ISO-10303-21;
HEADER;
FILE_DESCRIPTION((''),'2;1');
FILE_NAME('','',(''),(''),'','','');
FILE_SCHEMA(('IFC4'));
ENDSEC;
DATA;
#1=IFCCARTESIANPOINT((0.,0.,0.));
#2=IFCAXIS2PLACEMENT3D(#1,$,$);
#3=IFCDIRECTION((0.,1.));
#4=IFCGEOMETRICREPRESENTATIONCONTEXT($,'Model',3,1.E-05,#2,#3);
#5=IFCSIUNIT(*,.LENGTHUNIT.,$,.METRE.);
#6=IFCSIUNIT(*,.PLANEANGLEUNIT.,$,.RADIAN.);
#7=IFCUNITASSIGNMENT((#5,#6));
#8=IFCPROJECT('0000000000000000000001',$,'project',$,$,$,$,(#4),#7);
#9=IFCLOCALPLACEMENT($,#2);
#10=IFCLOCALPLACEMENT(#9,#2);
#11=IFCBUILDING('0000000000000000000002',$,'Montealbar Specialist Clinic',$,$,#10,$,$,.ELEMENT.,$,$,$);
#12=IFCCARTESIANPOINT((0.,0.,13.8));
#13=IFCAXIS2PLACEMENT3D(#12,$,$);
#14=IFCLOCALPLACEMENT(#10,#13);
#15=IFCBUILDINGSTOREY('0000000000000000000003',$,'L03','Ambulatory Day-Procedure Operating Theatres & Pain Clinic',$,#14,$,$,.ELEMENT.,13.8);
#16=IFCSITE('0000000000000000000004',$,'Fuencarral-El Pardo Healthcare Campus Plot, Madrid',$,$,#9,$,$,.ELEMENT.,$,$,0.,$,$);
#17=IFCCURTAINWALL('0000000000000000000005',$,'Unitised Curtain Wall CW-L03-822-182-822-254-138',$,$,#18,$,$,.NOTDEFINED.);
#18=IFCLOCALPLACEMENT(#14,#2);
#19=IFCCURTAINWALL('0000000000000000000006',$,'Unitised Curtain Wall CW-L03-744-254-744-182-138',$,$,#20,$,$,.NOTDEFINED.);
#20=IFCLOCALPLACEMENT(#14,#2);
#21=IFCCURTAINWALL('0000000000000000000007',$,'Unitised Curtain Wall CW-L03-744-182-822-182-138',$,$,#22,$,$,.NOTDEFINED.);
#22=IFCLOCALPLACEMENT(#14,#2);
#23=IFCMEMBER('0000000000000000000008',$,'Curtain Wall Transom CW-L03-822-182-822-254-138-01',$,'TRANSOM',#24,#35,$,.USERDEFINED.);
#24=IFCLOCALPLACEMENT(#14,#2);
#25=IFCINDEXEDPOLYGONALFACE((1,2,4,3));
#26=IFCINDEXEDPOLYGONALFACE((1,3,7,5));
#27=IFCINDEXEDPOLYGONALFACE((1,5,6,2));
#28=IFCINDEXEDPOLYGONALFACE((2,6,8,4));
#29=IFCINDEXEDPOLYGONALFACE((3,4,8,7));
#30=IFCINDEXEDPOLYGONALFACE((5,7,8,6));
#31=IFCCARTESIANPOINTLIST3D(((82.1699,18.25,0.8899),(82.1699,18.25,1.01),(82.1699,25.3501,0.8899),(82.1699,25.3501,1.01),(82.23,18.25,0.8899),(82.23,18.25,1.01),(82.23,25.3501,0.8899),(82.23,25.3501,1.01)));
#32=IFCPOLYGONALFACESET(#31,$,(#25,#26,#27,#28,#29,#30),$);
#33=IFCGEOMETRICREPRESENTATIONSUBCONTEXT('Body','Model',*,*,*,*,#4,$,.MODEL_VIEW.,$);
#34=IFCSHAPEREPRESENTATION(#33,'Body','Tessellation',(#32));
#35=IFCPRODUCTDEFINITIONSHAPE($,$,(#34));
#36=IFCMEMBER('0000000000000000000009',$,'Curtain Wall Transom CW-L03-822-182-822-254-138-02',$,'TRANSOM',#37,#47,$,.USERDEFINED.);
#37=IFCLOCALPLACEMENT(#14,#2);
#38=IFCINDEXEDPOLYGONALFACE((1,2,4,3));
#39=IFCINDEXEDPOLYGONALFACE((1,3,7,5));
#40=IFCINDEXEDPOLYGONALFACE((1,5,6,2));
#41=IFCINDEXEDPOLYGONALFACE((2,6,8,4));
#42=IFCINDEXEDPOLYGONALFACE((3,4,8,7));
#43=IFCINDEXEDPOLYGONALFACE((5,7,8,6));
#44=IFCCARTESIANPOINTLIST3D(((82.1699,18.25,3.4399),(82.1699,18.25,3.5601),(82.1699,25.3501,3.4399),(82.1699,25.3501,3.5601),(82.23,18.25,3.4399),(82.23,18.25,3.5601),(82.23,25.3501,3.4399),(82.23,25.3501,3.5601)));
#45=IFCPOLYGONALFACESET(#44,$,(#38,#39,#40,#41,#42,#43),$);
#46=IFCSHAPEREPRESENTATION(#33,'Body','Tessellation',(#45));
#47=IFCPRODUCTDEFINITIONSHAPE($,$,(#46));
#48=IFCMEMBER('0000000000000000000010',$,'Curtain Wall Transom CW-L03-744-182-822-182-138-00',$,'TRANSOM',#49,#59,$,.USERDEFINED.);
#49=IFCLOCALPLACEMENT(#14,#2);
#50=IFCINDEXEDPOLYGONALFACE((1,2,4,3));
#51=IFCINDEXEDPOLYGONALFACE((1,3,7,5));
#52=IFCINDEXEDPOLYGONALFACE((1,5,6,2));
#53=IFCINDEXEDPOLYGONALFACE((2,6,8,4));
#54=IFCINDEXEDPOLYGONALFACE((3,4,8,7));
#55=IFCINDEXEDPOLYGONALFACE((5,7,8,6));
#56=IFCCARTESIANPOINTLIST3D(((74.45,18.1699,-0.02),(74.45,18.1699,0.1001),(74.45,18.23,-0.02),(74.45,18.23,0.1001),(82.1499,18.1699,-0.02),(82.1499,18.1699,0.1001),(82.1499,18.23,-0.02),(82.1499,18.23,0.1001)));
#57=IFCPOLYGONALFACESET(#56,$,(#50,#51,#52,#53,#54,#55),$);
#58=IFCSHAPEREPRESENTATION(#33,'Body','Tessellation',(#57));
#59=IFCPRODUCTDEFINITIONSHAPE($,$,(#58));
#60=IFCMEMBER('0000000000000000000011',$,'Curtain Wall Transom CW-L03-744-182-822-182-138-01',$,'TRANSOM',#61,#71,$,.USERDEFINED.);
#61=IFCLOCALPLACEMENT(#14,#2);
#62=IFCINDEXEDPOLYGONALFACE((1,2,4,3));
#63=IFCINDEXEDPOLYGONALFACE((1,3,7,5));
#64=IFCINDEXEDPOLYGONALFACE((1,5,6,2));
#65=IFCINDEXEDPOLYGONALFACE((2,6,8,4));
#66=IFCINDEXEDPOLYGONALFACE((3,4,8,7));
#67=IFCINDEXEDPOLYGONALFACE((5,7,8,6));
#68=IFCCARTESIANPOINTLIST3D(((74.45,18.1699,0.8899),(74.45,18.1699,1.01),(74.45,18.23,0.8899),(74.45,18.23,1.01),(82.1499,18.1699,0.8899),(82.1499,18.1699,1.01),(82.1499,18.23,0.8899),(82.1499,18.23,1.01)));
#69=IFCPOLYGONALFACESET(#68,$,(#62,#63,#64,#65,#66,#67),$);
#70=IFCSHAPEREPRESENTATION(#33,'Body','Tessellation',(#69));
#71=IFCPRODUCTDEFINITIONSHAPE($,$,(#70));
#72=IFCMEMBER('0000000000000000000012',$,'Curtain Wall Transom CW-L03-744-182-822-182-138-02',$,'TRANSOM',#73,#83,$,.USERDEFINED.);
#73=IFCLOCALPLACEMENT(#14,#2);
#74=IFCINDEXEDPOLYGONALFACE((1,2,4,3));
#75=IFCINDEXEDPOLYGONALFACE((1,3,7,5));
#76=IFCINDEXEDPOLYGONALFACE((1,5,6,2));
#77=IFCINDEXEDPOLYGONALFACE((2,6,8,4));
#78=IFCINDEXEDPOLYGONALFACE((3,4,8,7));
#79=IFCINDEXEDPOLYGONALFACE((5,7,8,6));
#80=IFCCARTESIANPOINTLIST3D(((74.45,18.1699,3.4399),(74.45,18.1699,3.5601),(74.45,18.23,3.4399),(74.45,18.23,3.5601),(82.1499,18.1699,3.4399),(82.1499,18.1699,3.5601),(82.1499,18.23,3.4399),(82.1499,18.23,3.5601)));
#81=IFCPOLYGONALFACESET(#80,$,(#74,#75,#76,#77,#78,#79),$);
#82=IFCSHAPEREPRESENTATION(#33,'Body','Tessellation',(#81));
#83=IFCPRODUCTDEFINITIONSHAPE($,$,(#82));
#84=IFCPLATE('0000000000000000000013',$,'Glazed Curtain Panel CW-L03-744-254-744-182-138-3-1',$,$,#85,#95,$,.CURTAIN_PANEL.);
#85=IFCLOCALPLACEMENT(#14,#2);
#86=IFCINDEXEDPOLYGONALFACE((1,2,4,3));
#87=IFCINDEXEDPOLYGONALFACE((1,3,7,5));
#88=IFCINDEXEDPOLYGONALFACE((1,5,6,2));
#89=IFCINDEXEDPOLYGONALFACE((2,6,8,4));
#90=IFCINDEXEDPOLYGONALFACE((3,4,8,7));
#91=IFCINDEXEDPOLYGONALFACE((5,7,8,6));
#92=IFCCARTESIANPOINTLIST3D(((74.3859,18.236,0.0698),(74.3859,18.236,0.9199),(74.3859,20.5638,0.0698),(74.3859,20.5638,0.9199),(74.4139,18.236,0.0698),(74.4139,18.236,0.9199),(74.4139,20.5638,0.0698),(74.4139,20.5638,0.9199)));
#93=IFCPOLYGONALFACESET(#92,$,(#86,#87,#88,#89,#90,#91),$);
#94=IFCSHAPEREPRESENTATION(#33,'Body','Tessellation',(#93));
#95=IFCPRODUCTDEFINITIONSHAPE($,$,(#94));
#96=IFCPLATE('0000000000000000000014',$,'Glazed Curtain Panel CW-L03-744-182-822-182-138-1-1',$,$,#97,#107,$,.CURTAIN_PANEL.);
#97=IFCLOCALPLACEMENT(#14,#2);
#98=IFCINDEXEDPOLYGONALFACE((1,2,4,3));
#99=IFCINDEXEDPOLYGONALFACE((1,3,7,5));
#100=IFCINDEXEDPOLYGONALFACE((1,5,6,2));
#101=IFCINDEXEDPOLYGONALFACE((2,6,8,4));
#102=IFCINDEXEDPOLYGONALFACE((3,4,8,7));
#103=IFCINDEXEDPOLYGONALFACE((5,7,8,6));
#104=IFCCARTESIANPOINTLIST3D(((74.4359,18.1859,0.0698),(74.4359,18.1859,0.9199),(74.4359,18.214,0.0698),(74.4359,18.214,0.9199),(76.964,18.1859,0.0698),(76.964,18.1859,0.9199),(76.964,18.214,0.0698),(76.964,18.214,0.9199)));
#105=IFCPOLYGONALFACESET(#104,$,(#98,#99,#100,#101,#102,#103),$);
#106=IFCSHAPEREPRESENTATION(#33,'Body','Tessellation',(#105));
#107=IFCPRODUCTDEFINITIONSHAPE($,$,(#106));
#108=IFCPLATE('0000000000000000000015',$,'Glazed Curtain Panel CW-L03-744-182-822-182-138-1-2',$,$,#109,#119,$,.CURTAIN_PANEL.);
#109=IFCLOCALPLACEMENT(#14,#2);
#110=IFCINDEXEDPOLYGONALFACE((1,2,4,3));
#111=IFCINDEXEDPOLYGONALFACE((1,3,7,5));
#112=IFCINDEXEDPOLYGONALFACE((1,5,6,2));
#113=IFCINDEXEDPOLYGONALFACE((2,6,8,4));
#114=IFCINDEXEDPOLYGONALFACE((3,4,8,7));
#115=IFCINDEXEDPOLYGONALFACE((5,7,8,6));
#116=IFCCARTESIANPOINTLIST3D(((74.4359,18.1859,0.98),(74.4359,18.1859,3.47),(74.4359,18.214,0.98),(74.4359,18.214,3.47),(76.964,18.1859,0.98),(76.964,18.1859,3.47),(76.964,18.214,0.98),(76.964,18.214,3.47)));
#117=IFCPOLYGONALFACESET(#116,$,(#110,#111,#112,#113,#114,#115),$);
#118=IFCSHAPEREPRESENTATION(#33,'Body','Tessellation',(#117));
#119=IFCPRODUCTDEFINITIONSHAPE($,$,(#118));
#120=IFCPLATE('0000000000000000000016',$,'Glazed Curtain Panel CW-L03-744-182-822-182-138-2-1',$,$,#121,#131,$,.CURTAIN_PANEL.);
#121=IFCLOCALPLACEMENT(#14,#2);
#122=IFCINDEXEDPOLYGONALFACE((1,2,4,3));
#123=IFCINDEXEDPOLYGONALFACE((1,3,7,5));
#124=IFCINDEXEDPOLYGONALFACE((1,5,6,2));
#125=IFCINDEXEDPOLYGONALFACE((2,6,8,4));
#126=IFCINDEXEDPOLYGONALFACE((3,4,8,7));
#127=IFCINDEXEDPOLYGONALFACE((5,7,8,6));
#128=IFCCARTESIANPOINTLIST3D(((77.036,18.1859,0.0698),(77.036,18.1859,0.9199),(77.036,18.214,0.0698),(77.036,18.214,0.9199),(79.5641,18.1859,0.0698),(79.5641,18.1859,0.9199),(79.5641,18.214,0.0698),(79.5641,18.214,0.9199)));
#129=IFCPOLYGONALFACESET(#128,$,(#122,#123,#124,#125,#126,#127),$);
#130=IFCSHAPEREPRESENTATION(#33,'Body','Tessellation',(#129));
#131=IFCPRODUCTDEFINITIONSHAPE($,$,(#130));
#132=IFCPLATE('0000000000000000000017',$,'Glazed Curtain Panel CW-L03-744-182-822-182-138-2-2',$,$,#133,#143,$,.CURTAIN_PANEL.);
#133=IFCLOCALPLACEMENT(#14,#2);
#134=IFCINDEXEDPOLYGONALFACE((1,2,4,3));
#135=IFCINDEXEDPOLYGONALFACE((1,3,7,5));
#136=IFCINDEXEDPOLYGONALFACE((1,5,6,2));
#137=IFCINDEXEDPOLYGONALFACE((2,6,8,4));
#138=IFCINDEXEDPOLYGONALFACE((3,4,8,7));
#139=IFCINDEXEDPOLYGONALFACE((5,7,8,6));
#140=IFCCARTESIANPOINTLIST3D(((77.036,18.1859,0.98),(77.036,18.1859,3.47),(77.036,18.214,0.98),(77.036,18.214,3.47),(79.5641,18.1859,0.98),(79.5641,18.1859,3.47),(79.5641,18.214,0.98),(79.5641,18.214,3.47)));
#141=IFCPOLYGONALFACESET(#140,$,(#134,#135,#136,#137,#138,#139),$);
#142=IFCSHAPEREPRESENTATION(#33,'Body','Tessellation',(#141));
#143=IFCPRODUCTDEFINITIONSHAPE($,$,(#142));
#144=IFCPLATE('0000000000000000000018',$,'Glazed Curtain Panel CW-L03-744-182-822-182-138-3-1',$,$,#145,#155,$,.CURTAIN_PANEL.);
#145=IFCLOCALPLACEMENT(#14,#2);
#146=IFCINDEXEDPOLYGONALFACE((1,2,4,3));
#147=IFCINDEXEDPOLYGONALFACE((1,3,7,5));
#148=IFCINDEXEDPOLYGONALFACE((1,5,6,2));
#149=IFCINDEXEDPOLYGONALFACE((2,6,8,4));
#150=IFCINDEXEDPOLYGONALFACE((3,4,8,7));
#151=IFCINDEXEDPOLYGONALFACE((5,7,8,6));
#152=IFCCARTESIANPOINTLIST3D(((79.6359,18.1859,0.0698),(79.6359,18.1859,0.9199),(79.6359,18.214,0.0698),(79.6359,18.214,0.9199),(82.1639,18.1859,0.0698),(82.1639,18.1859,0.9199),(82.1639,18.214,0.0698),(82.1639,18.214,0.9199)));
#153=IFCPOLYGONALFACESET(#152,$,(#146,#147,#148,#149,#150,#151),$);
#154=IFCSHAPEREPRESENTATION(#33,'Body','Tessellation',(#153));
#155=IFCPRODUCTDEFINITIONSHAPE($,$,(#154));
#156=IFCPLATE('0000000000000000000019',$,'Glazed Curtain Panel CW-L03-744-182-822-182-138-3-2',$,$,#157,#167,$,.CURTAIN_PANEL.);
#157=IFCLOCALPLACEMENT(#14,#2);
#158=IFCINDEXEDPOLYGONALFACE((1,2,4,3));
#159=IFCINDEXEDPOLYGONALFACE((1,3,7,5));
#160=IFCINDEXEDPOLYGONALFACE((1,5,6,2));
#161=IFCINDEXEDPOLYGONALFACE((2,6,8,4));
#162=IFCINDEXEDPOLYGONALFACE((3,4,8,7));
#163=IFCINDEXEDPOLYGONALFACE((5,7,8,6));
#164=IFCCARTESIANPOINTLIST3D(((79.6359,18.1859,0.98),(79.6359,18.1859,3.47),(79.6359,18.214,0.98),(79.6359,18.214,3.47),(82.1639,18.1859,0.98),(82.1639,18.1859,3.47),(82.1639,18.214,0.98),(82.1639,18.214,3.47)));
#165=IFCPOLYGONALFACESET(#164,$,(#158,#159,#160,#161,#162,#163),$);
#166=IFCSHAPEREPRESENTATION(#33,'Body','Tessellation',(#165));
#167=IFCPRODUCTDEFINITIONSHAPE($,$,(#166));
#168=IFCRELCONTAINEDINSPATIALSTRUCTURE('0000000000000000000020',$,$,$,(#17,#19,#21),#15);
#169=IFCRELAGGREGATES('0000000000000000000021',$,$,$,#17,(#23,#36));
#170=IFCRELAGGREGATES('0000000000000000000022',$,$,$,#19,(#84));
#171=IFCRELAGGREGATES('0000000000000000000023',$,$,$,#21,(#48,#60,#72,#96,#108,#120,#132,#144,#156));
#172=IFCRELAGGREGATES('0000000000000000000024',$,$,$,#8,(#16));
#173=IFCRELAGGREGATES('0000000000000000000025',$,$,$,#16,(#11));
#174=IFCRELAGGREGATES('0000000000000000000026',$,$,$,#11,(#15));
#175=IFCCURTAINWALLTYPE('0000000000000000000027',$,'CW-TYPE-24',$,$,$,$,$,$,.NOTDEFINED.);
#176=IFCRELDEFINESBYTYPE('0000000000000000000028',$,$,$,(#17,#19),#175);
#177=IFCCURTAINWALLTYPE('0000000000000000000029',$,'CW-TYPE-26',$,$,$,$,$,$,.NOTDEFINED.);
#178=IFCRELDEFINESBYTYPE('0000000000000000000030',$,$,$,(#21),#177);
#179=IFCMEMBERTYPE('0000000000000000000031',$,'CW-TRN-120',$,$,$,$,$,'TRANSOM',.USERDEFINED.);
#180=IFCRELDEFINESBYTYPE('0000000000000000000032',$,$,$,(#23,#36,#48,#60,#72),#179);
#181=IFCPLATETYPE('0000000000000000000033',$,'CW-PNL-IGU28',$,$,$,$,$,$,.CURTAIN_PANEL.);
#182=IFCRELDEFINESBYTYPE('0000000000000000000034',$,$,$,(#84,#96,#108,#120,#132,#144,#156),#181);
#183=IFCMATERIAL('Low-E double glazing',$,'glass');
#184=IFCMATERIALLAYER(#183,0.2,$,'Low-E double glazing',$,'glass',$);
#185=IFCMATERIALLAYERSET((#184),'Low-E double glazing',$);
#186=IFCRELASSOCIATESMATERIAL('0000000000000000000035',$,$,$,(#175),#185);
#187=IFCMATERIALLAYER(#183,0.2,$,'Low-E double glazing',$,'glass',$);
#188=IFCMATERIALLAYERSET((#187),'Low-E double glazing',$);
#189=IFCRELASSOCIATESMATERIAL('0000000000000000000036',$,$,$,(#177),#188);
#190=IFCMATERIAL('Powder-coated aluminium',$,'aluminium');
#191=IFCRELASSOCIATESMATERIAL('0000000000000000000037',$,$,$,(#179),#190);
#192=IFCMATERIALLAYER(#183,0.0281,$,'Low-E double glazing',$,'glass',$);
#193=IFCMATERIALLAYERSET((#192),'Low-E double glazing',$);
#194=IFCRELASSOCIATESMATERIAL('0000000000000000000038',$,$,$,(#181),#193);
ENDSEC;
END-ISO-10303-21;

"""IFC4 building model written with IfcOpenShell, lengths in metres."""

from ifc_helpers import new_model, si_unit, direction, frame, origin, origin_2d, place, context, subcontext, project, spatial, rectangle, extrude, material, layer, layer_set, material_profile, profile_set, type_object, element, aggregate, save


model = new_model("IFC4")

# Units and contexts
model_context = context("Model", 3, precision=1e-05, world=origin(), true_north=direction((0.0, 1.0)))
body_context = subcontext(model_context, "Body", "Model", "MODEL_VIEW")
ifc_project = project(units=[si_unit("LENGTHUNIT", "METRE"), si_unit("PLANEANGLEUNIT", "RADIAN")], contexts=[model_context])

# Site, building, storey
site_placement = place(None, origin())
site = spatial("IfcSite", under=ifc_project, at=site_placement, Name="Fuencarral-El Pardo Healthcare Campus Plot, Madrid", CompositionType="ELEMENT", RefElevation=0.0)
building_placement = place(site_placement, origin())
building = spatial("IfcBuilding", under=site, at=building_placement, Name="Montealbar Specialist Clinic", CompositionType="ELEMENT")
storey_placement = place(building_placement, frame((0.0, 0.0, 13.8)))
storey = spatial("IfcBuildingStorey", under=building, at=storey_placement, Name="L03", Description="Ambulatory Day-Procedure Operating Theatres & Pain Clinic", CompositionType="ELEMENT", Elevation=13.8)

# Curtain walls
ifc_material_1 = material(Name="Low-E double glazing", Category="glass")
ifc_layer_1 = layer(ifc_material_1, 0.2, Name="Low-E double glazing", Category="glass")
ifc_layer_set_1 = layer_set([ifc_layer_1], Name="Low-E double glazing")
curtain_wall_type_1 = type_object("IfcCurtainWallType", Name="CW-TYPE-24", PredefinedType="NOTDEFINED", material=ifc_layer_set_1)
curtain_wall_1_placement = place(storey_placement, origin())
curtain_wall_1 = element("IfcCurtainWall", 1, at=curtain_wall_1_placement, inside=storey, type_object=curtain_wall_type_1, Name="Unitised Curtain Wall CW-L03-822-182-822-254-138", PredefinedType="NOTDEFINED")
curtain_wall_2_placement = place(storey_placement, origin())
curtain_wall_2 = element("IfcCurtainWall", 2, at=curtain_wall_2_placement, inside=storey, type_object=curtain_wall_type_1, Name="Unitised Curtain Wall CW-L03-744-254-744-182-138", PredefinedType="NOTDEFINED")

# Curtain wall
ifc_layer_2 = layer(ifc_material_1, 0.2, Name="Low-E double glazing", Category="glass")
ifc_layer_set_2 = layer_set([ifc_layer_2], Name="Low-E double glazing")
curtain_wall_type_2 = type_object("IfcCurtainWallType", Name="CW-TYPE-26", PredefinedType="NOTDEFINED", material=ifc_layer_set_2)
curtain_wall_3_placement = place(storey_placement, origin())
curtain_wall_3 = element("IfcCurtainWall", 3, at=curtain_wall_3_placement, inside=storey, type_object=curtain_wall_type_2, Name="Unitised Curtain Wall CW-L03-744-182-822-182-138", PredefinedType="NOTDEFINED")

# Members
ifc_material_2 = material(Name="Powder-coated aluminium", Category="aluminium")
ifc_material_profile_1 = material_profile(ifc_material_2, rectangle(XDim=0.0601, YDim=0.1201, at=origin_2d()), Name="ALU 60x120", Category="aluminium")
ifc_profile_set_1 = profile_set([ifc_material_profile_1], Name="Powder-coated aluminium")
member_type_1 = type_object("IfcMemberType", Name="CW-TRN-120", ElementType="TRANSOM", PredefinedType="USERDEFINED", material=ifc_profile_set_1)
member_1_placement = place(storey_placement, frame((82.2, 18.25, 0.95), z_axis=(0.0, 1.0, 0.0), x_axis=(-1.0, 0.0, 0.0)))
member_1 = element("IfcMember", 4, at=member_1_placement, type_object=member_type_1, Name="Curtain Wall Transom CW-L03-822-182-822-254-138-01", ObjectType="TRANSOM", PredefinedType="USERDEFINED", context=body_context, shape_type="SweptSolid", body=[
    extrude(rectangle(XDim=0.0601, YDim=0.1201, at=origin_2d()), origin(), (0.0, 0.0, 1.0), 7.1001),
])
member_2_placement = place(storey_placement, frame((82.2, 18.25, 3.5), z_axis=(0.0, 1.0, 0.0), x_axis=(-1.0, 0.0, 0.0)))
member_2 = element("IfcMember", 5, at=member_2_placement, type_object=member_type_1, Name="Curtain Wall Transom CW-L03-822-182-822-254-138-02", ObjectType="TRANSOM", PredefinedType="USERDEFINED", context=body_context, shape_type="SweptSolid", body=[
    extrude(rectangle(XDim=0.0601, YDim=0.1201, at=origin_2d()), origin(), (0.0, 0.0, 1.0), 7.1001),
])
aggregate(curtain_wall_1, [member_1, member_2])
member_3_placement = place(storey_placement, frame((74.45, 18.2, 0.04), z_axis=(1.0, 0.0, 0.0), x_axis=(0.0, 1.0, 0.0)))
member_3 = element("IfcMember", 6, at=member_3_placement, type_object=member_type_1, Name="Curtain Wall Transom CW-L03-744-182-822-182-138-00", ObjectType="TRANSOM", PredefinedType="USERDEFINED", context=body_context, shape_type="SweptSolid", body=[
    extrude(rectangle(XDim=0.0601, YDim=0.1201, at=origin_2d()), origin(), (0.0, 0.0, 1.0), 7.7),
])
member_4_placement = place(storey_placement, frame((74.45, 18.2, 0.95), z_axis=(1.0, 0.0, 0.0), x_axis=(0.0, 1.0, 0.0)))
member_4 = element("IfcMember", 7, at=member_4_placement, type_object=member_type_1, Name="Curtain Wall Transom CW-L03-744-182-822-182-138-01", ObjectType="TRANSOM", PredefinedType="USERDEFINED", context=body_context, shape_type="SweptSolid", body=[
    extrude(rectangle(XDim=0.0601, YDim=0.1201, at=origin_2d()), origin(), (0.0, 0.0, 1.0), 7.7),
])
member_5_placement = place(storey_placement, frame((74.45, 18.2, 3.5), z_axis=(1.0, 0.0, 0.0), x_axis=(0.0, 1.0, 0.0)))
member_5 = element("IfcMember", 8, at=member_5_placement, type_object=member_type_1, Name="Curtain Wall Transom CW-L03-744-182-822-182-138-02", ObjectType="TRANSOM", PredefinedType="USERDEFINED", context=body_context, shape_type="SweptSolid", body=[
    extrude(rectangle(XDim=0.0601, YDim=0.1201, at=origin_2d()), origin(), (0.0, 0.0, 1.0), 7.7),
])

# Plates
ifc_layer_3 = layer(ifc_material_1, 0.0281, Name="Low-E double glazing", Category="glass")
ifc_layer_set_3 = layer_set([ifc_layer_3], Name="Low-E double glazing")
plate_type = type_object("IfcPlateType", Name="CW-PNL-IGU28", PredefinedType="CURTAIN_PANEL", material=ifc_layer_set_3)
plate_1_placement = place(storey_placement, frame((74.3999, 19.3999, 0.0698), z_axis=(0.0, 0.0, 1.0), x_axis=(0.0, -1.0, 0.0)))
plate_1 = element("IfcPlate", 9, at=plate_1_placement, type_object=plate_type, Name="Glazed Curtain Panel CW-L03-744-254-744-182-138-3-1", PredefinedType="CURTAIN_PANEL", context=body_context, shape_type="SweptSolid", body=[
    extrude(rectangle(XDim=2.3279, YDim=0.0281, at=origin_2d()), origin(), (0.0, 0.0, 1.0), 0.8501),
])
aggregate(curtain_wall_2, [plate_1])
plate_2_placement = place(storey_placement, frame((75.7, 18.2, 0.0698), z_axis=(0.0, 0.0, 1.0), x_axis=(1.0, 0.0, 0.0)))
plate_2 = element("IfcPlate", 10, at=plate_2_placement, type_object=plate_type, Name="Glazed Curtain Panel CW-L03-744-182-822-182-138-1-1", PredefinedType="CURTAIN_PANEL", context=body_context, shape_type="SweptSolid", body=[
    extrude(rectangle(XDim=2.5281, YDim=0.0281, at=origin_2d()), origin(), (0.0, 0.0, 1.0), 0.8501),
])
plate_3_placement = place(storey_placement, frame((75.7, 18.2, 0.98), z_axis=(0.0, 0.0, 1.0), x_axis=(1.0, 0.0, 0.0)))
plate_3 = element("IfcPlate", 11, at=plate_3_placement, type_object=plate_type, Name="Glazed Curtain Panel CW-L03-744-182-822-182-138-1-2", PredefinedType="CURTAIN_PANEL", context=body_context, shape_type="SweptSolid", body=[
    extrude(rectangle(XDim=2.5281, YDim=0.0281, at=origin_2d()), origin(), (0.0, 0.0, 1.0), 2.49),
])
plate_4_placement = place(storey_placement, frame((78.3, 18.2, 0.0698), z_axis=(0.0, 0.0, 1.0), x_axis=(1.0, 0.0, 0.0)))
plate_4 = element("IfcPlate", 12, at=plate_4_placement, type_object=plate_type, Name="Glazed Curtain Panel CW-L03-744-182-822-182-138-2-1", PredefinedType="CURTAIN_PANEL", context=body_context, shape_type="SweptSolid", body=[
    extrude(rectangle(XDim=2.5281, YDim=0.0281, at=origin_2d()), origin(), (0.0, 0.0, 1.0), 0.8501),
])
plate_5_placement = place(storey_placement, frame((78.3, 18.2, 0.98), z_axis=(0.0, 0.0, 1.0), x_axis=(1.0, 0.0, 0.0)))
plate_5 = element("IfcPlate", 13, at=plate_5_placement, type_object=plate_type, Name="Glazed Curtain Panel CW-L03-744-182-822-182-138-2-2", PredefinedType="CURTAIN_PANEL", context=body_context, shape_type="SweptSolid", body=[
    extrude(rectangle(XDim=2.5281, YDim=0.0281, at=origin_2d()), origin(), (0.0, 0.0, 1.0), 2.49),
])
plate_6_placement = place(storey_placement, frame((80.8999, 18.2, 0.0698), z_axis=(0.0, 0.0, 1.0), x_axis=(1.0, 0.0, 0.0)))
plate_6 = element("IfcPlate", 14, at=plate_6_placement, type_object=plate_type, Name="Glazed Curtain Panel CW-L03-744-182-822-182-138-3-1", PredefinedType="CURTAIN_PANEL", context=body_context, shape_type="SweptSolid", body=[
    extrude(rectangle(XDim=2.5281, YDim=0.0281, at=origin_2d()), origin(), (0.0, 0.0, 1.0), 0.8501),
])
plate_7_placement = place(storey_placement, frame((80.8999, 18.2, 0.98), z_axis=(0.0, 0.0, 1.0), x_axis=(1.0, 0.0, 0.0)))
plate_7 = element("IfcPlate", 15, at=plate_7_placement, type_object=plate_type, Name="Glazed Curtain Panel CW-L03-744-182-822-182-138-3-2", PredefinedType="CURTAIN_PANEL", context=body_context, shape_type="SweptSolid", body=[
    extrude(rectangle(XDim=2.5281, YDim=0.0281, at=origin_2d()), origin(), (0.0, 0.0, 1.0), 2.49),
])
aggregate(curtain_wall_3, [member_3, member_4, member_5, plate_2, plate_3, plate_4, plate_5, plate_6, plate_7])

save(model, "model.ifc")
